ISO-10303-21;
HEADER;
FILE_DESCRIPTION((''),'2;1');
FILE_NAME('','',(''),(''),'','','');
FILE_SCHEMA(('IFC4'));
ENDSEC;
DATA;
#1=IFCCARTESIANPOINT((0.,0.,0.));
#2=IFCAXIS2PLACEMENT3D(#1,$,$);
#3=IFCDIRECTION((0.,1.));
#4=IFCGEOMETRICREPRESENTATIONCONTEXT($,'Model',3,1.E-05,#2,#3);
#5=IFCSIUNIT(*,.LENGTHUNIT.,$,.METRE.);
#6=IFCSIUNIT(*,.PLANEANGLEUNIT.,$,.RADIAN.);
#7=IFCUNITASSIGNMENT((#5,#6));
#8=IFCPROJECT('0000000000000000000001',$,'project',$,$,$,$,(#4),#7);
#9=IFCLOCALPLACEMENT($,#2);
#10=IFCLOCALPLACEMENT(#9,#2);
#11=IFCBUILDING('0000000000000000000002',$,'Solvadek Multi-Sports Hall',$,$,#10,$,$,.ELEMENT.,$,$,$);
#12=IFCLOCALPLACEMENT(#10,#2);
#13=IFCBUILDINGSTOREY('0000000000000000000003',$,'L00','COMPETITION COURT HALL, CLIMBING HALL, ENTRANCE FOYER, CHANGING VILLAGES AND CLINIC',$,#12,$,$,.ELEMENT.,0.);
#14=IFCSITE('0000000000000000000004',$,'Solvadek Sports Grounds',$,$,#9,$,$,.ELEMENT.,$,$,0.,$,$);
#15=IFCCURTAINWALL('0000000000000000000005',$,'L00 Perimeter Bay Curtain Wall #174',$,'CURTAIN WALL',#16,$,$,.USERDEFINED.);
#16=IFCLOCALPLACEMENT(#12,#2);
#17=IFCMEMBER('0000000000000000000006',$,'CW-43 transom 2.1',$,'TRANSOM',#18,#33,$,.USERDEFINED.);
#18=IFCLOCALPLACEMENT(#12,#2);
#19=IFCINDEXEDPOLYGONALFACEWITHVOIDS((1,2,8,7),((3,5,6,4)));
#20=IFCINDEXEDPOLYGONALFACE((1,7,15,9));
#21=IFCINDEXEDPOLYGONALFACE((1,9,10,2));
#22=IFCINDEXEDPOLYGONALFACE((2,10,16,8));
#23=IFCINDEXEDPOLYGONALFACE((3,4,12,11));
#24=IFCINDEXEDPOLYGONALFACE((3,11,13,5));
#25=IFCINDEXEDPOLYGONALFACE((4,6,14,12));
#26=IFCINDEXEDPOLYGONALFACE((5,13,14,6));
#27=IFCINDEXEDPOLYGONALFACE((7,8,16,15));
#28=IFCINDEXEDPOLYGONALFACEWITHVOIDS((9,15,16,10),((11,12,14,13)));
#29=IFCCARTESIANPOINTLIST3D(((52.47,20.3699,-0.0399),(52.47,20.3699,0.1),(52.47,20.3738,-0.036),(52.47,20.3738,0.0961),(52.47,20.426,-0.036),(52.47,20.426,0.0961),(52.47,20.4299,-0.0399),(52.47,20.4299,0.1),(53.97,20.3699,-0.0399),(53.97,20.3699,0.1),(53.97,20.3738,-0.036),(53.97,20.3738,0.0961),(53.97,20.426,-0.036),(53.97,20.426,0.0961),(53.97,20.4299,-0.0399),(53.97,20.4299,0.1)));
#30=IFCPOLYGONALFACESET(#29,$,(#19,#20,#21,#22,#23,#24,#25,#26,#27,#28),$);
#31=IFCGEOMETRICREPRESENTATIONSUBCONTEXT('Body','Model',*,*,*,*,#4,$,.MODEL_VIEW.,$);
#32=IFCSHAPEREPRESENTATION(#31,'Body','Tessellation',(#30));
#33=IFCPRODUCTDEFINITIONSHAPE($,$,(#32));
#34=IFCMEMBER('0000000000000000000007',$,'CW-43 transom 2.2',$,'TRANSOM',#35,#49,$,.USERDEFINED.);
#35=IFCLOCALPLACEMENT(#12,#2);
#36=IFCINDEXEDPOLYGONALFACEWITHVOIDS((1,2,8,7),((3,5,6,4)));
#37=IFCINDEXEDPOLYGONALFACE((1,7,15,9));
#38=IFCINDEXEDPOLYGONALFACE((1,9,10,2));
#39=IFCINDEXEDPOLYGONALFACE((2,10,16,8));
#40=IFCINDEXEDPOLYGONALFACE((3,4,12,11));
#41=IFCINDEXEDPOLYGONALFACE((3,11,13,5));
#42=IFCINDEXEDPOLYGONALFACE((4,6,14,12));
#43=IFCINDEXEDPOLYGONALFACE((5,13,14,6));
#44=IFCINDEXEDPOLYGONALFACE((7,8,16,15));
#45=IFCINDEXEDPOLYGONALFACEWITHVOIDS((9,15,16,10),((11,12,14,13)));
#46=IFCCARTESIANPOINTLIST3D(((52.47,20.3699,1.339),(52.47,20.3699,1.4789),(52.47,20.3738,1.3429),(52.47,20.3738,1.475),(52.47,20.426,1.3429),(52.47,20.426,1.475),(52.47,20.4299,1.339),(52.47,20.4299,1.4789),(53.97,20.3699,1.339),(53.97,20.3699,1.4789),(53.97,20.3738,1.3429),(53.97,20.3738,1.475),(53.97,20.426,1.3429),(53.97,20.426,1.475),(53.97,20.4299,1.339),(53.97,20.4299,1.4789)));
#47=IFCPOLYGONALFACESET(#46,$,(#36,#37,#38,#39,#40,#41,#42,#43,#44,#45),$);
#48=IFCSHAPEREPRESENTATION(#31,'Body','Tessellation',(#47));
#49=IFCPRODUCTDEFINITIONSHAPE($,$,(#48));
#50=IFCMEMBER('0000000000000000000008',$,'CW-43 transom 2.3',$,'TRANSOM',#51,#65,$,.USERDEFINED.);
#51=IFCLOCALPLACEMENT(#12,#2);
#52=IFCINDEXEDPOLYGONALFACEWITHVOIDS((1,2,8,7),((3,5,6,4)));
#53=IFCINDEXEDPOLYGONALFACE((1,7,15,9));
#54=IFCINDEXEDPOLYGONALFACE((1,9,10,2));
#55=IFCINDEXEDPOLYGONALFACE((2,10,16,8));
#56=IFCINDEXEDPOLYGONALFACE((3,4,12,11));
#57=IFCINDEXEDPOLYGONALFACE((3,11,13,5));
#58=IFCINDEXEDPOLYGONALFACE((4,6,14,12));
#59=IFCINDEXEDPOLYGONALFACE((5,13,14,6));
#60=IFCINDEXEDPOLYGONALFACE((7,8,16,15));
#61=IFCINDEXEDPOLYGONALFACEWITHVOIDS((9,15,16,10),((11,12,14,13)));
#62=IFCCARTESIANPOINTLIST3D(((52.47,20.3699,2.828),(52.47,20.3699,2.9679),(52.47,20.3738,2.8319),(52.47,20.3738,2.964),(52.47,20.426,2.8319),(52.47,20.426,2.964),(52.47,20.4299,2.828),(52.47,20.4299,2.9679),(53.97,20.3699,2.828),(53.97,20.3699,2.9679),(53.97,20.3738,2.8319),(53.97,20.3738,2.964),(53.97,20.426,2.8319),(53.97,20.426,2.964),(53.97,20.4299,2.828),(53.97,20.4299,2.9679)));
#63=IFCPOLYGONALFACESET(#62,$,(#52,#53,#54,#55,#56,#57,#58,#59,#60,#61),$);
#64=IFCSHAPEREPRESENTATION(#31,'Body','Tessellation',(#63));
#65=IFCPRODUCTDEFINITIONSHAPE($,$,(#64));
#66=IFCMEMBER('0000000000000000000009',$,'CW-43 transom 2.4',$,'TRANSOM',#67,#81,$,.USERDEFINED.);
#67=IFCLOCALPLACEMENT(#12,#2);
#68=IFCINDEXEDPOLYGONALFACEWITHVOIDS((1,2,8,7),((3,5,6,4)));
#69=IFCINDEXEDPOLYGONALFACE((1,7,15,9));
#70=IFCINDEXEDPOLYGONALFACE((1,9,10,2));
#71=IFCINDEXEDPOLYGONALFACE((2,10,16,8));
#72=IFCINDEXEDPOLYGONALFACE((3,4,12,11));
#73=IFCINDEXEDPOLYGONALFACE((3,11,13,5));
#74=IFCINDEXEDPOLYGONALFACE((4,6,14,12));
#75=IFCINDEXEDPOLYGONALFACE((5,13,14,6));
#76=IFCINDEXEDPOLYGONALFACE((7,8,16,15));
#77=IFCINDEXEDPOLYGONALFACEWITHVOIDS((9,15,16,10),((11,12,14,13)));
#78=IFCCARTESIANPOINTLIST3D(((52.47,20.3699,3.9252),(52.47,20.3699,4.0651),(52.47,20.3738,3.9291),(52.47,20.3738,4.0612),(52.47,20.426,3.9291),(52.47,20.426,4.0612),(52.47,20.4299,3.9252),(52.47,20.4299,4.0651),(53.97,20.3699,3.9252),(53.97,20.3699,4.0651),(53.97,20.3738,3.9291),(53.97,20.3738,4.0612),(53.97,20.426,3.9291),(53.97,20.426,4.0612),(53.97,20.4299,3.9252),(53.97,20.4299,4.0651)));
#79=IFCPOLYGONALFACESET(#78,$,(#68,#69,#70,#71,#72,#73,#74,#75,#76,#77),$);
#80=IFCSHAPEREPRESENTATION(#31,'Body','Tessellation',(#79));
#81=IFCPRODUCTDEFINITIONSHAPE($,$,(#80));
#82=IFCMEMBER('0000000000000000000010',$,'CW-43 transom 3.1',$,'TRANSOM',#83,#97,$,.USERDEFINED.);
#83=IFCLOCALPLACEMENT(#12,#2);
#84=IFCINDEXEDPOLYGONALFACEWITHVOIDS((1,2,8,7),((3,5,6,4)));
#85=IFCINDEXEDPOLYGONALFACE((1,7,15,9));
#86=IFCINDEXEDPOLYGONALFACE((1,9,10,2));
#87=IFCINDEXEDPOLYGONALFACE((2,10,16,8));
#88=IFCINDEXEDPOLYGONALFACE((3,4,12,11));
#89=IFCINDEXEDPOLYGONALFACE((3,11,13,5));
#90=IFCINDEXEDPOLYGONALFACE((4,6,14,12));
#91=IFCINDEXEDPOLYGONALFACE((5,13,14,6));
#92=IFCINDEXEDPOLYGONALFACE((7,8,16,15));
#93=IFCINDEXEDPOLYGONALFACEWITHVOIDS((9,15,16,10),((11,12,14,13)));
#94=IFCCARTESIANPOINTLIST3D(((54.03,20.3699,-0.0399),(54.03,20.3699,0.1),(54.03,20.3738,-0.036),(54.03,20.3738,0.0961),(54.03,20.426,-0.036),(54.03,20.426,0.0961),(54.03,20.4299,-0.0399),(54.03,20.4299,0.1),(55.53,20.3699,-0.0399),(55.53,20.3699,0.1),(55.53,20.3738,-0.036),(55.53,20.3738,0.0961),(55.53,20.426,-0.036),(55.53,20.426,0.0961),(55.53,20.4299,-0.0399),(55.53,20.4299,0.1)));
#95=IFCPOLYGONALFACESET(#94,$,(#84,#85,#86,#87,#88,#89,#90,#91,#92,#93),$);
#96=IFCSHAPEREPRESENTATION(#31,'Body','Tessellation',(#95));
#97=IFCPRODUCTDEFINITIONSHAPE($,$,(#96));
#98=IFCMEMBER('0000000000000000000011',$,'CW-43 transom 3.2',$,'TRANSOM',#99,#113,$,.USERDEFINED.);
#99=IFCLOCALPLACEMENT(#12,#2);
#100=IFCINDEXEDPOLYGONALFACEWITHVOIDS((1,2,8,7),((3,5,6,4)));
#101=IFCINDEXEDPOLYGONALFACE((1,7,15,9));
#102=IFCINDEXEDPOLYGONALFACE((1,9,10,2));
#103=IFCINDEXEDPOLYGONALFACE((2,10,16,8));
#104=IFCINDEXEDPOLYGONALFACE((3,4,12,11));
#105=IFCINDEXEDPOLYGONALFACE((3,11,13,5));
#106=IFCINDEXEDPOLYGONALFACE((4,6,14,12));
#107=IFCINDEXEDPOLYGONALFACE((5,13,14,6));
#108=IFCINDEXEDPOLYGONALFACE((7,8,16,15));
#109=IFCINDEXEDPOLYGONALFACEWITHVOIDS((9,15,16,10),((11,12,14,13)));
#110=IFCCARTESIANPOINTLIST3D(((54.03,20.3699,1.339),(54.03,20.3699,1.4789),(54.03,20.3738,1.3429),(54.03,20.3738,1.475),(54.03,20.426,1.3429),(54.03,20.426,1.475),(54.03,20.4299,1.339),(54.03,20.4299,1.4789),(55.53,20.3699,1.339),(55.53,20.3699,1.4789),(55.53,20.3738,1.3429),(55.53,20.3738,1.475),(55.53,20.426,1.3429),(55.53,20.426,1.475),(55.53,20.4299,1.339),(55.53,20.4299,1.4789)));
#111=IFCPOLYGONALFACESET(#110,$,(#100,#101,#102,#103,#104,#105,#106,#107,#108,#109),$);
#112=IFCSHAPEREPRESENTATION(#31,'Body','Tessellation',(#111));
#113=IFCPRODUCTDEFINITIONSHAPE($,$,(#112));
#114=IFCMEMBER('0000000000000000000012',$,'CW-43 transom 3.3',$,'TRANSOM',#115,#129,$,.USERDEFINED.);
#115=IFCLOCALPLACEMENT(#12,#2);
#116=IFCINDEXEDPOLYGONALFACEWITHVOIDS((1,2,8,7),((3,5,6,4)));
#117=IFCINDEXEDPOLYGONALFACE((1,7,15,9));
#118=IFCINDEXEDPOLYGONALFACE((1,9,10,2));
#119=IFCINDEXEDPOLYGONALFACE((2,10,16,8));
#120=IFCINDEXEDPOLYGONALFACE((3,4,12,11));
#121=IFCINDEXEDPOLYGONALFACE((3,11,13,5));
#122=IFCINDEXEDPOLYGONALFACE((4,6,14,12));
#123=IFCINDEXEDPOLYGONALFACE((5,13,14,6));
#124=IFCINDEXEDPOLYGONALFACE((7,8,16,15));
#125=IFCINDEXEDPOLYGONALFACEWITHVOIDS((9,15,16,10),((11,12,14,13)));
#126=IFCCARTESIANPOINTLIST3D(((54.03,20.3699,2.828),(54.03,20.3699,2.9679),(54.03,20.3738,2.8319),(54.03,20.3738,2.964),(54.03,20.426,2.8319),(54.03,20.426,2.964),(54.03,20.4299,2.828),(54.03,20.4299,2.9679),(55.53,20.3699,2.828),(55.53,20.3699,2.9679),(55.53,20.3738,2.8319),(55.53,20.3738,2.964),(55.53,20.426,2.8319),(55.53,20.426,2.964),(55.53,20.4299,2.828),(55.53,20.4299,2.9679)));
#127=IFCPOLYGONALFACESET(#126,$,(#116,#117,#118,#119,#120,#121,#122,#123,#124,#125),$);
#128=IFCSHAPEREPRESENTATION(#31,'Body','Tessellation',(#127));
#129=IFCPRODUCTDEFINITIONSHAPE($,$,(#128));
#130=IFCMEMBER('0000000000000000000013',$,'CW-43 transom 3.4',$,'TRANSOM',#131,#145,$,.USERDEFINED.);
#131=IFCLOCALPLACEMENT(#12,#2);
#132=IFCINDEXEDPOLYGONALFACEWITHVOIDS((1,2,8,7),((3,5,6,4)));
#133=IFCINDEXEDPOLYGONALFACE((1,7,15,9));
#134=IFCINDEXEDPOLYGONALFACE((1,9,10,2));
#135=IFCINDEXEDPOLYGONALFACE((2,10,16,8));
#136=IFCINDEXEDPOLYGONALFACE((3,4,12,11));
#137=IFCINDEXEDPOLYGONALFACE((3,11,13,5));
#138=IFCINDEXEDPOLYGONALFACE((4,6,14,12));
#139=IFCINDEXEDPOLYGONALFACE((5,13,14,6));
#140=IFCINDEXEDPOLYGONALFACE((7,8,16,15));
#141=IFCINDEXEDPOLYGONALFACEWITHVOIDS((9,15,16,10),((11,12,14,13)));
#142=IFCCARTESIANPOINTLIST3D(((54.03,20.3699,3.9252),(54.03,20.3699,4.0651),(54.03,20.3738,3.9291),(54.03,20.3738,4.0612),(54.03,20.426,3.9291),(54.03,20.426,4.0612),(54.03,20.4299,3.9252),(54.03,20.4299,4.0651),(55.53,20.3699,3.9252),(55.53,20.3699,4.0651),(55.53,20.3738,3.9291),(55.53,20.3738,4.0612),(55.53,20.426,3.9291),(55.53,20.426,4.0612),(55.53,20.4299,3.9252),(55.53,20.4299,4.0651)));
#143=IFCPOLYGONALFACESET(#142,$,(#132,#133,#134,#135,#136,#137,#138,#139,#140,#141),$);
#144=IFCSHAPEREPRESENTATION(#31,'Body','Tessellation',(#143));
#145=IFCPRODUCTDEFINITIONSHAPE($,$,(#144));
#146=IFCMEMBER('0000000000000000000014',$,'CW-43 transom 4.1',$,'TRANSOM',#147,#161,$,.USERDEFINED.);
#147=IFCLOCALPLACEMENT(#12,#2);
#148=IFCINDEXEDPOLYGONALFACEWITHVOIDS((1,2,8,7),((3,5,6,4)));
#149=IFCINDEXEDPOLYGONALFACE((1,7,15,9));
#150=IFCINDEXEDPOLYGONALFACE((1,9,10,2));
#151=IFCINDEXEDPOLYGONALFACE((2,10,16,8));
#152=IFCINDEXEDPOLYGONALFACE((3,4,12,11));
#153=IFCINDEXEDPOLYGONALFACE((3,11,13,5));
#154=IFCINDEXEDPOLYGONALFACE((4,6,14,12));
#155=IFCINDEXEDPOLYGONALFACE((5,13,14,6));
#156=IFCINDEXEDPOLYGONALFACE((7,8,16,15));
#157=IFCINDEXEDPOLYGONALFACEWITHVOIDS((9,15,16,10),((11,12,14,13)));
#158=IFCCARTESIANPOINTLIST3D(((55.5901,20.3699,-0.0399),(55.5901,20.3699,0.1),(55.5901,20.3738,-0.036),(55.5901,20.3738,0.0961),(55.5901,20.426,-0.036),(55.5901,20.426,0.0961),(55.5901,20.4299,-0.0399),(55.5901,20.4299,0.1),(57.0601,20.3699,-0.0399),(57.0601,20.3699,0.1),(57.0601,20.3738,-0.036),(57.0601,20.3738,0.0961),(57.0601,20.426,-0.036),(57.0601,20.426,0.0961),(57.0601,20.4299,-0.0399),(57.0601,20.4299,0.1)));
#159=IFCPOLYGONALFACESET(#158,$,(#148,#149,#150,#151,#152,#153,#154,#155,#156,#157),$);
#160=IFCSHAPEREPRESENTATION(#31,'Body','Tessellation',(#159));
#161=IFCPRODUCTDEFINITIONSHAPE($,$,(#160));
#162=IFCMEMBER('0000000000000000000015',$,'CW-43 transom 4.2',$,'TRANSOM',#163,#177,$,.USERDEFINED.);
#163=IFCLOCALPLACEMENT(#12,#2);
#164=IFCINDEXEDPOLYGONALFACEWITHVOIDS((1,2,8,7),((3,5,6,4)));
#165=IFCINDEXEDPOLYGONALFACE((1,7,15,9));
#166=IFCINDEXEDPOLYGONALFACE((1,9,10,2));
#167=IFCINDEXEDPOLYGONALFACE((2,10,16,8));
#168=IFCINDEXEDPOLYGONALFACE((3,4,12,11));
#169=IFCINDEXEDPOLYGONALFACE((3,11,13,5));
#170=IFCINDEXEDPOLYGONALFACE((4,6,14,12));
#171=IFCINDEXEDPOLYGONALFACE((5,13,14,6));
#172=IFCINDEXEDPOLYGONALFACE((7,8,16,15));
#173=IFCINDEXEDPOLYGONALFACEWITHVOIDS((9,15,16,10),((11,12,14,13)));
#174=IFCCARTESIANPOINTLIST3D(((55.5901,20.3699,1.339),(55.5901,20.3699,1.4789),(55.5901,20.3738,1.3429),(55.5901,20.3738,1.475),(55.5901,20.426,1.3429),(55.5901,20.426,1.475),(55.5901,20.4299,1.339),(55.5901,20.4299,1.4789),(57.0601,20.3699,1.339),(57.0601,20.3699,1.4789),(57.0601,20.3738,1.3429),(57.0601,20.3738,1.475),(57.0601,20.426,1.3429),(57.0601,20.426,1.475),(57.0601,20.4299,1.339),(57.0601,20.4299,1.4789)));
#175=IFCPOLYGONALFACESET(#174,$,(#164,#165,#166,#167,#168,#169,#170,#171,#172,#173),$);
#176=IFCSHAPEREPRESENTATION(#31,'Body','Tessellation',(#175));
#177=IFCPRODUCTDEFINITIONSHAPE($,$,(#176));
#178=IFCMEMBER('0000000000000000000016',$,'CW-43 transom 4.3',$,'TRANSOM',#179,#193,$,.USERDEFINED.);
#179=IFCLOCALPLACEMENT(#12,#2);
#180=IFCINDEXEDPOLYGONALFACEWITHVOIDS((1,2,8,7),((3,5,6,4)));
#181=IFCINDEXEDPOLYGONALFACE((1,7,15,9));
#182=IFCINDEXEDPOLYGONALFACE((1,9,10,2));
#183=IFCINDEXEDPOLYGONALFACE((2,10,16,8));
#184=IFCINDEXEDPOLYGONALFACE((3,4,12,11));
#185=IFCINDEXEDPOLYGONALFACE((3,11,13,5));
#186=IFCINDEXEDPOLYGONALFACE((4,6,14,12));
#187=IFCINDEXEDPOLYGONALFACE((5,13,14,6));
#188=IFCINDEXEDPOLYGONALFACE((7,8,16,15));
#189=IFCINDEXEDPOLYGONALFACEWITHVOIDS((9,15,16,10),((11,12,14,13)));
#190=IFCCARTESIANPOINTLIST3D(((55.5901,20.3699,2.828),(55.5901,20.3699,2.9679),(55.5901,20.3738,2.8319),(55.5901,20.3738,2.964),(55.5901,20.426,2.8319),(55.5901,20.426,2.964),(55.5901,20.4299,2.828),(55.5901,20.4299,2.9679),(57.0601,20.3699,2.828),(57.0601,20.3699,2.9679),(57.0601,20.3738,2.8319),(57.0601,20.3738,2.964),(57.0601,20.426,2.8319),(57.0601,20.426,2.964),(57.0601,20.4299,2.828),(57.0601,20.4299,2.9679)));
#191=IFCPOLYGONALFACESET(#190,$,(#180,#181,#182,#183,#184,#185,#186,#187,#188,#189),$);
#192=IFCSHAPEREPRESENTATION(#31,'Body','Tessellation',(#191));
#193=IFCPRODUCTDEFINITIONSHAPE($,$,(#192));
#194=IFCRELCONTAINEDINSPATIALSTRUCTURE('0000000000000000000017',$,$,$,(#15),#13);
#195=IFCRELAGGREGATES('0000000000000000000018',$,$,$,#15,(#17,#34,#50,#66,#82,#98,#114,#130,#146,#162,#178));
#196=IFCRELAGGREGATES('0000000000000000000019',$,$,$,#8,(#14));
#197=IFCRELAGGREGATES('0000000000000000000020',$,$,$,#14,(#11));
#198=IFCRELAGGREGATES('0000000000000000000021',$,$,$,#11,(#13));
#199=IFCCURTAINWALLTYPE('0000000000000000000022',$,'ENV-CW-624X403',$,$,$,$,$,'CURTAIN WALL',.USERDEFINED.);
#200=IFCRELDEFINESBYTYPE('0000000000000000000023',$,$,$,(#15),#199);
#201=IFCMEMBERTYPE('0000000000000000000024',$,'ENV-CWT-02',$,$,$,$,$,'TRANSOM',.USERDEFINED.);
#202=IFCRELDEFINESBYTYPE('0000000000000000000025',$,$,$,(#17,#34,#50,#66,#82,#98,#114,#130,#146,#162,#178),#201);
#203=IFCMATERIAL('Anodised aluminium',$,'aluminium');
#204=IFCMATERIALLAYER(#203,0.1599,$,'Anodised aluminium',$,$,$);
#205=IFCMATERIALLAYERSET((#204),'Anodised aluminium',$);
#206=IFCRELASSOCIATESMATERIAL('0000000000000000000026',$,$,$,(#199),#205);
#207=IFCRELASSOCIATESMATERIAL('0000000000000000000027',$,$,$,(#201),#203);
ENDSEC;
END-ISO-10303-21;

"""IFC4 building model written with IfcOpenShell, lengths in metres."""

from ifc_helpers import new_model, si_unit, direction, frame, origin, origin_2d, place, context, subcontext, project, spatial, hollow_rectangle, extrude, material, layer, layer_set, material_profile, profile_set, type_object, element, aggregate, save


model = new_model("IFC4")

# Units and contexts
model_context = context("Model", 3, precision=1e-05, world=origin(), true_north=direction((0.0, 1.0)))
body_context = subcontext(model_context, "Body", "Model", "MODEL_VIEW")
ifc_project = project(units=[si_unit("LENGTHUNIT", "METRE"), si_unit("PLANEANGLEUNIT", "RADIAN")], contexts=[model_context])

# Site, building, storey
site_placement = place(None, origin())
site = spatial("IfcSite", under=ifc_project, at=site_placement, Name="Solvadek Sports Grounds", CompositionType="ELEMENT", RefElevation=0.0)
building_placement = place(site_placement, origin())
building = spatial("IfcBuilding", under=site, at=building_placement, Name="Solvadek Multi-Sports Hall", CompositionType="ELEMENT")
storey_placement = place(building_placement, origin())
storey = spatial("IfcBuildingStorey", under=building, at=storey_placement, Name="L00", Description="COMPETITION COURT HALL, CLIMBING HALL, ENTRANCE FOYER, CHANGING VILLAGES AND CLINIC", CompositionType="ELEMENT", Elevation=0.0)

# Curtain wall, members
ifc_material_1 = material(Name="Anodised aluminium", Category="aluminium")
ifc_layer_1 = layer(ifc_material_1, 0.1599, Name="Anodised aluminium")
ifc_layer_set_1 = layer_set([ifc_layer_1], Name="Anodised aluminium")
curtain_wall_type = type_object("IfcCurtainWallType", Name="ENV-CW-624X403", ElementType="CURTAIN WALL", PredefinedType="USERDEFINED", material=ifc_layer_set_1)
curtain_wall_placement = place(storey_placement, origin())
curtain_wall = element("IfcCurtainWall", 1, at=curtain_wall_placement, inside=storey, type_object=curtain_wall_type, Name="L00 Perimeter Bay Curtain Wall #174", ObjectType="CURTAIN WALL", PredefinedType="USERDEFINED")
ifc_material_profile_1 = material_profile(ifc_material_1, hollow_rectangle(XDim=0.0601, YDim=0.1399, WallThickness=0.0039, at=origin_2d()), Name="ALU-T 140x60x4")
ifc_profile_set_1 = profile_set([ifc_material_profile_1], Name="Anodised aluminium")
member_type_1 = type_object("IfcMemberType", Name="ENV-CWT-02", ElementType="TRANSOM", PredefinedType="USERDEFINED", material=ifc_profile_set_1)
member_1_placement = place(storey_placement, frame((52.47, 20.3999, 0.03), z_axis=(1.0, 0.0, 0.0), x_axis=(0.0, 1.0, 0.0)))
member_1 = element("IfcMember", 2, at=member_1_placement, type_object=member_type_1, Name="CW-43 transom 2.1", ObjectType="TRANSOM", PredefinedType="USERDEFINED", context=body_context, shape_type="SweptSolid", body=[
    extrude(hollow_rectangle(XDim=0.0601, YDim=0.1399, WallThickness=0.0039, at=origin_2d()), origin(), (0.0, 0.0, 1.0), 1.5),
])
member_2_placement = place(storey_placement, frame((52.47, 20.3999, 1.4089), z_axis=(1.0, 0.0, 0.0), x_axis=(0.0, 1.0, 0.0)))
member_2 = element("IfcMember", 3, at=member_2_placement, type_object=member_type_1, Name="CW-43 transom 2.2", ObjectType="TRANSOM", PredefinedType="USERDEFINED", context=body_context, shape_type="SweptSolid", body=[
    extrude(hollow_rectangle(XDim=0.0601, YDim=0.1399, WallThickness=0.0039, at=origin_2d()), origin(), (0.0, 0.0, 1.0), 1.5),
])
member_3_placement = place(storey_placement, frame((52.47, 20.3999, 2.8979), z_axis=(1.0, 0.0, 0.0), x_axis=(0.0, 1.0, 0.0)))
member_3 = element("IfcMember", 4, at=member_3_placement, type_object=member_type_1, Name="CW-43 transom 2.3", ObjectType="TRANSOM", PredefinedType="USERDEFINED", context=body_context, shape_type="SweptSolid", body=[
    extrude(hollow_rectangle(XDim=0.0601, YDim=0.1399, WallThickness=0.0039, at=origin_2d()), origin(), (0.0, 0.0, 1.0), 1.5),
])
member_4_placement = place(storey_placement, frame((52.47, 20.3999, 3.9951), z_axis=(1.0, 0.0, 0.0), x_axis=(0.0, 1.0, 0.0)))
member_4 = element("IfcMember", 5, at=member_4_placement, type_object=member_type_1, Name="CW-43 transom 2.4", ObjectType="TRANSOM", PredefinedType="USERDEFINED", context=body_context, shape_type="SweptSolid", body=[
    extrude(hollow_rectangle(XDim=0.0601, YDim=0.1399, WallThickness=0.0039, at=origin_2d()), origin(), (0.0, 0.0, 1.0), 1.5),
])
member_5_placement = place(storey_placement, frame((54.03, 20.3999, 0.03), z_axis=(1.0, 0.0, 0.0), x_axis=(0.0, 1.0, 0.0)))
member_5 = element("IfcMember", 6, at=member_5_placement, type_object=member_type_1, Name="CW-43 transom 3.1", ObjectType="TRANSOM", PredefinedType="USERDEFINED", context=body_context, shape_type="SweptSolid", body=[
    extrude(hollow_rectangle(XDim=0.0601, YDim=0.1399, WallThickness=0.0039, at=origin_2d()), origin(), (0.0, 0.0, 1.0), 1.5),
])
member_6_placement = place(storey_placement, frame((54.03, 20.3999, 1.4089), z_axis=(1.0, 0.0, 0.0), x_axis=(0.0, 1.0, 0.0)))
member_6 = element("IfcMember", 7, at=member_6_placement, type_object=member_type_1, Name="CW-43 transom 3.2", ObjectType="TRANSOM", PredefinedType="USERDEFINED", context=body_context, shape_type="SweptSolid", body=[
    extrude(hollow_rectangle(XDim=0.0601, YDim=0.1399, WallThickness=0.0039, at=origin_2d()), origin(), (0.0, 0.0, 1.0), 1.5),
])
member_7_placement = place(storey_placement, frame((54.03, 20.3999, 2.8979), z_axis=(1.0, 0.0, 0.0), x_axis=(0.0, 1.0, 0.0)))
member_7 = element("IfcMember", 8, at=member_7_placement, type_object=member_type_1, Name="CW-43 transom 3.3", ObjectType="TRANSOM", PredefinedType="USERDEFINED", context=body_context, shape_type="SweptSolid", body=[
    extrude(hollow_rectangle(XDim=0.0601, YDim=0.1399, WallThickness=0.0039, at=origin_2d()), origin(), (0.0, 0.0, 1.0), 1.5),
])
member_8_placement = place(storey_placement, frame((54.03, 20.3999, 3.9951), z_axis=(1.0, 0.0, 0.0), x_axis=(0.0, 1.0, 0.0)))
member_8 = element("IfcMember", 9, at=member_8_placement, type_object=member_type_1, Name="CW-43 transom 3.4", ObjectType="TRANSOM", PredefinedType="USERDEFINED", context=body_context, shape_type="SweptSolid", body=[
    extrude(hollow_rectangle(XDim=0.0601, YDim=0.1399, WallThickness=0.0039, at=origin_2d()), origin(), (0.0, 0.0, 1.0), 1.5),
])
member_9_placement = place(storey_placement, frame((55.5901, 20.3999, 0.03), z_axis=(1.0, 0.0, 0.0), x_axis=(0.0, 1.0, 0.0)))
member_9 = element("IfcMember", 10, at=member_9_placement, type_object=member_type_1, Name="CW-43 transom 4.1", ObjectType="TRANSOM", PredefinedType="USERDEFINED", context=body_context, shape_type="SweptSolid", body=[
    extrude(hollow_rectangle(XDim=0.0601, YDim=0.1399, WallThickness=0.0039, at=origin_2d()), origin(), (0.0, 0.0, 1.0), 1.47),
])
member_10_placement = place(storey_placement, frame((55.5901, 20.3999, 1.4089), z_axis=(1.0, 0.0, 0.0), x_axis=(0.0, 1.0, 0.0)))
member_10 = element("IfcMember", 11, at=member_10_placement, type_object=member_type_1, Name="CW-43 transom 4.2", ObjectType="TRANSOM", PredefinedType="USERDEFINED", context=body_context, shape_type="SweptSolid", body=[
    extrude(hollow_rectangle(XDim=0.0601, YDim=0.1399, WallThickness=0.0039, at=origin_2d()), origin(), (0.0, 0.0, 1.0), 1.47),
])
member_11_placement = place(storey_placement, frame((55.5901, 20.3999, 2.8979), z_axis=(1.0, 0.0, 0.0), x_axis=(0.0, 1.0, 0.0)))
member_11 = element("IfcMember", 12, at=member_11_placement, type_object=member_type_1, Name="CW-43 transom 4.3", ObjectType="TRANSOM", PredefinedType="USERDEFINED", context=body_context, shape_type="SweptSolid", body=[
    extrude(hollow_rectangle(XDim=0.0601, YDim=0.1399, WallThickness=0.0039, at=origin_2d()), origin(), (0.0, 0.0, 1.0), 1.47),
])

aggregate(curtain_wall, [member_1, member_2, member_3, member_4, member_5, member_6, member_7, member_8, member_9, member_10, member_11])

save(model, "model.ifc")
